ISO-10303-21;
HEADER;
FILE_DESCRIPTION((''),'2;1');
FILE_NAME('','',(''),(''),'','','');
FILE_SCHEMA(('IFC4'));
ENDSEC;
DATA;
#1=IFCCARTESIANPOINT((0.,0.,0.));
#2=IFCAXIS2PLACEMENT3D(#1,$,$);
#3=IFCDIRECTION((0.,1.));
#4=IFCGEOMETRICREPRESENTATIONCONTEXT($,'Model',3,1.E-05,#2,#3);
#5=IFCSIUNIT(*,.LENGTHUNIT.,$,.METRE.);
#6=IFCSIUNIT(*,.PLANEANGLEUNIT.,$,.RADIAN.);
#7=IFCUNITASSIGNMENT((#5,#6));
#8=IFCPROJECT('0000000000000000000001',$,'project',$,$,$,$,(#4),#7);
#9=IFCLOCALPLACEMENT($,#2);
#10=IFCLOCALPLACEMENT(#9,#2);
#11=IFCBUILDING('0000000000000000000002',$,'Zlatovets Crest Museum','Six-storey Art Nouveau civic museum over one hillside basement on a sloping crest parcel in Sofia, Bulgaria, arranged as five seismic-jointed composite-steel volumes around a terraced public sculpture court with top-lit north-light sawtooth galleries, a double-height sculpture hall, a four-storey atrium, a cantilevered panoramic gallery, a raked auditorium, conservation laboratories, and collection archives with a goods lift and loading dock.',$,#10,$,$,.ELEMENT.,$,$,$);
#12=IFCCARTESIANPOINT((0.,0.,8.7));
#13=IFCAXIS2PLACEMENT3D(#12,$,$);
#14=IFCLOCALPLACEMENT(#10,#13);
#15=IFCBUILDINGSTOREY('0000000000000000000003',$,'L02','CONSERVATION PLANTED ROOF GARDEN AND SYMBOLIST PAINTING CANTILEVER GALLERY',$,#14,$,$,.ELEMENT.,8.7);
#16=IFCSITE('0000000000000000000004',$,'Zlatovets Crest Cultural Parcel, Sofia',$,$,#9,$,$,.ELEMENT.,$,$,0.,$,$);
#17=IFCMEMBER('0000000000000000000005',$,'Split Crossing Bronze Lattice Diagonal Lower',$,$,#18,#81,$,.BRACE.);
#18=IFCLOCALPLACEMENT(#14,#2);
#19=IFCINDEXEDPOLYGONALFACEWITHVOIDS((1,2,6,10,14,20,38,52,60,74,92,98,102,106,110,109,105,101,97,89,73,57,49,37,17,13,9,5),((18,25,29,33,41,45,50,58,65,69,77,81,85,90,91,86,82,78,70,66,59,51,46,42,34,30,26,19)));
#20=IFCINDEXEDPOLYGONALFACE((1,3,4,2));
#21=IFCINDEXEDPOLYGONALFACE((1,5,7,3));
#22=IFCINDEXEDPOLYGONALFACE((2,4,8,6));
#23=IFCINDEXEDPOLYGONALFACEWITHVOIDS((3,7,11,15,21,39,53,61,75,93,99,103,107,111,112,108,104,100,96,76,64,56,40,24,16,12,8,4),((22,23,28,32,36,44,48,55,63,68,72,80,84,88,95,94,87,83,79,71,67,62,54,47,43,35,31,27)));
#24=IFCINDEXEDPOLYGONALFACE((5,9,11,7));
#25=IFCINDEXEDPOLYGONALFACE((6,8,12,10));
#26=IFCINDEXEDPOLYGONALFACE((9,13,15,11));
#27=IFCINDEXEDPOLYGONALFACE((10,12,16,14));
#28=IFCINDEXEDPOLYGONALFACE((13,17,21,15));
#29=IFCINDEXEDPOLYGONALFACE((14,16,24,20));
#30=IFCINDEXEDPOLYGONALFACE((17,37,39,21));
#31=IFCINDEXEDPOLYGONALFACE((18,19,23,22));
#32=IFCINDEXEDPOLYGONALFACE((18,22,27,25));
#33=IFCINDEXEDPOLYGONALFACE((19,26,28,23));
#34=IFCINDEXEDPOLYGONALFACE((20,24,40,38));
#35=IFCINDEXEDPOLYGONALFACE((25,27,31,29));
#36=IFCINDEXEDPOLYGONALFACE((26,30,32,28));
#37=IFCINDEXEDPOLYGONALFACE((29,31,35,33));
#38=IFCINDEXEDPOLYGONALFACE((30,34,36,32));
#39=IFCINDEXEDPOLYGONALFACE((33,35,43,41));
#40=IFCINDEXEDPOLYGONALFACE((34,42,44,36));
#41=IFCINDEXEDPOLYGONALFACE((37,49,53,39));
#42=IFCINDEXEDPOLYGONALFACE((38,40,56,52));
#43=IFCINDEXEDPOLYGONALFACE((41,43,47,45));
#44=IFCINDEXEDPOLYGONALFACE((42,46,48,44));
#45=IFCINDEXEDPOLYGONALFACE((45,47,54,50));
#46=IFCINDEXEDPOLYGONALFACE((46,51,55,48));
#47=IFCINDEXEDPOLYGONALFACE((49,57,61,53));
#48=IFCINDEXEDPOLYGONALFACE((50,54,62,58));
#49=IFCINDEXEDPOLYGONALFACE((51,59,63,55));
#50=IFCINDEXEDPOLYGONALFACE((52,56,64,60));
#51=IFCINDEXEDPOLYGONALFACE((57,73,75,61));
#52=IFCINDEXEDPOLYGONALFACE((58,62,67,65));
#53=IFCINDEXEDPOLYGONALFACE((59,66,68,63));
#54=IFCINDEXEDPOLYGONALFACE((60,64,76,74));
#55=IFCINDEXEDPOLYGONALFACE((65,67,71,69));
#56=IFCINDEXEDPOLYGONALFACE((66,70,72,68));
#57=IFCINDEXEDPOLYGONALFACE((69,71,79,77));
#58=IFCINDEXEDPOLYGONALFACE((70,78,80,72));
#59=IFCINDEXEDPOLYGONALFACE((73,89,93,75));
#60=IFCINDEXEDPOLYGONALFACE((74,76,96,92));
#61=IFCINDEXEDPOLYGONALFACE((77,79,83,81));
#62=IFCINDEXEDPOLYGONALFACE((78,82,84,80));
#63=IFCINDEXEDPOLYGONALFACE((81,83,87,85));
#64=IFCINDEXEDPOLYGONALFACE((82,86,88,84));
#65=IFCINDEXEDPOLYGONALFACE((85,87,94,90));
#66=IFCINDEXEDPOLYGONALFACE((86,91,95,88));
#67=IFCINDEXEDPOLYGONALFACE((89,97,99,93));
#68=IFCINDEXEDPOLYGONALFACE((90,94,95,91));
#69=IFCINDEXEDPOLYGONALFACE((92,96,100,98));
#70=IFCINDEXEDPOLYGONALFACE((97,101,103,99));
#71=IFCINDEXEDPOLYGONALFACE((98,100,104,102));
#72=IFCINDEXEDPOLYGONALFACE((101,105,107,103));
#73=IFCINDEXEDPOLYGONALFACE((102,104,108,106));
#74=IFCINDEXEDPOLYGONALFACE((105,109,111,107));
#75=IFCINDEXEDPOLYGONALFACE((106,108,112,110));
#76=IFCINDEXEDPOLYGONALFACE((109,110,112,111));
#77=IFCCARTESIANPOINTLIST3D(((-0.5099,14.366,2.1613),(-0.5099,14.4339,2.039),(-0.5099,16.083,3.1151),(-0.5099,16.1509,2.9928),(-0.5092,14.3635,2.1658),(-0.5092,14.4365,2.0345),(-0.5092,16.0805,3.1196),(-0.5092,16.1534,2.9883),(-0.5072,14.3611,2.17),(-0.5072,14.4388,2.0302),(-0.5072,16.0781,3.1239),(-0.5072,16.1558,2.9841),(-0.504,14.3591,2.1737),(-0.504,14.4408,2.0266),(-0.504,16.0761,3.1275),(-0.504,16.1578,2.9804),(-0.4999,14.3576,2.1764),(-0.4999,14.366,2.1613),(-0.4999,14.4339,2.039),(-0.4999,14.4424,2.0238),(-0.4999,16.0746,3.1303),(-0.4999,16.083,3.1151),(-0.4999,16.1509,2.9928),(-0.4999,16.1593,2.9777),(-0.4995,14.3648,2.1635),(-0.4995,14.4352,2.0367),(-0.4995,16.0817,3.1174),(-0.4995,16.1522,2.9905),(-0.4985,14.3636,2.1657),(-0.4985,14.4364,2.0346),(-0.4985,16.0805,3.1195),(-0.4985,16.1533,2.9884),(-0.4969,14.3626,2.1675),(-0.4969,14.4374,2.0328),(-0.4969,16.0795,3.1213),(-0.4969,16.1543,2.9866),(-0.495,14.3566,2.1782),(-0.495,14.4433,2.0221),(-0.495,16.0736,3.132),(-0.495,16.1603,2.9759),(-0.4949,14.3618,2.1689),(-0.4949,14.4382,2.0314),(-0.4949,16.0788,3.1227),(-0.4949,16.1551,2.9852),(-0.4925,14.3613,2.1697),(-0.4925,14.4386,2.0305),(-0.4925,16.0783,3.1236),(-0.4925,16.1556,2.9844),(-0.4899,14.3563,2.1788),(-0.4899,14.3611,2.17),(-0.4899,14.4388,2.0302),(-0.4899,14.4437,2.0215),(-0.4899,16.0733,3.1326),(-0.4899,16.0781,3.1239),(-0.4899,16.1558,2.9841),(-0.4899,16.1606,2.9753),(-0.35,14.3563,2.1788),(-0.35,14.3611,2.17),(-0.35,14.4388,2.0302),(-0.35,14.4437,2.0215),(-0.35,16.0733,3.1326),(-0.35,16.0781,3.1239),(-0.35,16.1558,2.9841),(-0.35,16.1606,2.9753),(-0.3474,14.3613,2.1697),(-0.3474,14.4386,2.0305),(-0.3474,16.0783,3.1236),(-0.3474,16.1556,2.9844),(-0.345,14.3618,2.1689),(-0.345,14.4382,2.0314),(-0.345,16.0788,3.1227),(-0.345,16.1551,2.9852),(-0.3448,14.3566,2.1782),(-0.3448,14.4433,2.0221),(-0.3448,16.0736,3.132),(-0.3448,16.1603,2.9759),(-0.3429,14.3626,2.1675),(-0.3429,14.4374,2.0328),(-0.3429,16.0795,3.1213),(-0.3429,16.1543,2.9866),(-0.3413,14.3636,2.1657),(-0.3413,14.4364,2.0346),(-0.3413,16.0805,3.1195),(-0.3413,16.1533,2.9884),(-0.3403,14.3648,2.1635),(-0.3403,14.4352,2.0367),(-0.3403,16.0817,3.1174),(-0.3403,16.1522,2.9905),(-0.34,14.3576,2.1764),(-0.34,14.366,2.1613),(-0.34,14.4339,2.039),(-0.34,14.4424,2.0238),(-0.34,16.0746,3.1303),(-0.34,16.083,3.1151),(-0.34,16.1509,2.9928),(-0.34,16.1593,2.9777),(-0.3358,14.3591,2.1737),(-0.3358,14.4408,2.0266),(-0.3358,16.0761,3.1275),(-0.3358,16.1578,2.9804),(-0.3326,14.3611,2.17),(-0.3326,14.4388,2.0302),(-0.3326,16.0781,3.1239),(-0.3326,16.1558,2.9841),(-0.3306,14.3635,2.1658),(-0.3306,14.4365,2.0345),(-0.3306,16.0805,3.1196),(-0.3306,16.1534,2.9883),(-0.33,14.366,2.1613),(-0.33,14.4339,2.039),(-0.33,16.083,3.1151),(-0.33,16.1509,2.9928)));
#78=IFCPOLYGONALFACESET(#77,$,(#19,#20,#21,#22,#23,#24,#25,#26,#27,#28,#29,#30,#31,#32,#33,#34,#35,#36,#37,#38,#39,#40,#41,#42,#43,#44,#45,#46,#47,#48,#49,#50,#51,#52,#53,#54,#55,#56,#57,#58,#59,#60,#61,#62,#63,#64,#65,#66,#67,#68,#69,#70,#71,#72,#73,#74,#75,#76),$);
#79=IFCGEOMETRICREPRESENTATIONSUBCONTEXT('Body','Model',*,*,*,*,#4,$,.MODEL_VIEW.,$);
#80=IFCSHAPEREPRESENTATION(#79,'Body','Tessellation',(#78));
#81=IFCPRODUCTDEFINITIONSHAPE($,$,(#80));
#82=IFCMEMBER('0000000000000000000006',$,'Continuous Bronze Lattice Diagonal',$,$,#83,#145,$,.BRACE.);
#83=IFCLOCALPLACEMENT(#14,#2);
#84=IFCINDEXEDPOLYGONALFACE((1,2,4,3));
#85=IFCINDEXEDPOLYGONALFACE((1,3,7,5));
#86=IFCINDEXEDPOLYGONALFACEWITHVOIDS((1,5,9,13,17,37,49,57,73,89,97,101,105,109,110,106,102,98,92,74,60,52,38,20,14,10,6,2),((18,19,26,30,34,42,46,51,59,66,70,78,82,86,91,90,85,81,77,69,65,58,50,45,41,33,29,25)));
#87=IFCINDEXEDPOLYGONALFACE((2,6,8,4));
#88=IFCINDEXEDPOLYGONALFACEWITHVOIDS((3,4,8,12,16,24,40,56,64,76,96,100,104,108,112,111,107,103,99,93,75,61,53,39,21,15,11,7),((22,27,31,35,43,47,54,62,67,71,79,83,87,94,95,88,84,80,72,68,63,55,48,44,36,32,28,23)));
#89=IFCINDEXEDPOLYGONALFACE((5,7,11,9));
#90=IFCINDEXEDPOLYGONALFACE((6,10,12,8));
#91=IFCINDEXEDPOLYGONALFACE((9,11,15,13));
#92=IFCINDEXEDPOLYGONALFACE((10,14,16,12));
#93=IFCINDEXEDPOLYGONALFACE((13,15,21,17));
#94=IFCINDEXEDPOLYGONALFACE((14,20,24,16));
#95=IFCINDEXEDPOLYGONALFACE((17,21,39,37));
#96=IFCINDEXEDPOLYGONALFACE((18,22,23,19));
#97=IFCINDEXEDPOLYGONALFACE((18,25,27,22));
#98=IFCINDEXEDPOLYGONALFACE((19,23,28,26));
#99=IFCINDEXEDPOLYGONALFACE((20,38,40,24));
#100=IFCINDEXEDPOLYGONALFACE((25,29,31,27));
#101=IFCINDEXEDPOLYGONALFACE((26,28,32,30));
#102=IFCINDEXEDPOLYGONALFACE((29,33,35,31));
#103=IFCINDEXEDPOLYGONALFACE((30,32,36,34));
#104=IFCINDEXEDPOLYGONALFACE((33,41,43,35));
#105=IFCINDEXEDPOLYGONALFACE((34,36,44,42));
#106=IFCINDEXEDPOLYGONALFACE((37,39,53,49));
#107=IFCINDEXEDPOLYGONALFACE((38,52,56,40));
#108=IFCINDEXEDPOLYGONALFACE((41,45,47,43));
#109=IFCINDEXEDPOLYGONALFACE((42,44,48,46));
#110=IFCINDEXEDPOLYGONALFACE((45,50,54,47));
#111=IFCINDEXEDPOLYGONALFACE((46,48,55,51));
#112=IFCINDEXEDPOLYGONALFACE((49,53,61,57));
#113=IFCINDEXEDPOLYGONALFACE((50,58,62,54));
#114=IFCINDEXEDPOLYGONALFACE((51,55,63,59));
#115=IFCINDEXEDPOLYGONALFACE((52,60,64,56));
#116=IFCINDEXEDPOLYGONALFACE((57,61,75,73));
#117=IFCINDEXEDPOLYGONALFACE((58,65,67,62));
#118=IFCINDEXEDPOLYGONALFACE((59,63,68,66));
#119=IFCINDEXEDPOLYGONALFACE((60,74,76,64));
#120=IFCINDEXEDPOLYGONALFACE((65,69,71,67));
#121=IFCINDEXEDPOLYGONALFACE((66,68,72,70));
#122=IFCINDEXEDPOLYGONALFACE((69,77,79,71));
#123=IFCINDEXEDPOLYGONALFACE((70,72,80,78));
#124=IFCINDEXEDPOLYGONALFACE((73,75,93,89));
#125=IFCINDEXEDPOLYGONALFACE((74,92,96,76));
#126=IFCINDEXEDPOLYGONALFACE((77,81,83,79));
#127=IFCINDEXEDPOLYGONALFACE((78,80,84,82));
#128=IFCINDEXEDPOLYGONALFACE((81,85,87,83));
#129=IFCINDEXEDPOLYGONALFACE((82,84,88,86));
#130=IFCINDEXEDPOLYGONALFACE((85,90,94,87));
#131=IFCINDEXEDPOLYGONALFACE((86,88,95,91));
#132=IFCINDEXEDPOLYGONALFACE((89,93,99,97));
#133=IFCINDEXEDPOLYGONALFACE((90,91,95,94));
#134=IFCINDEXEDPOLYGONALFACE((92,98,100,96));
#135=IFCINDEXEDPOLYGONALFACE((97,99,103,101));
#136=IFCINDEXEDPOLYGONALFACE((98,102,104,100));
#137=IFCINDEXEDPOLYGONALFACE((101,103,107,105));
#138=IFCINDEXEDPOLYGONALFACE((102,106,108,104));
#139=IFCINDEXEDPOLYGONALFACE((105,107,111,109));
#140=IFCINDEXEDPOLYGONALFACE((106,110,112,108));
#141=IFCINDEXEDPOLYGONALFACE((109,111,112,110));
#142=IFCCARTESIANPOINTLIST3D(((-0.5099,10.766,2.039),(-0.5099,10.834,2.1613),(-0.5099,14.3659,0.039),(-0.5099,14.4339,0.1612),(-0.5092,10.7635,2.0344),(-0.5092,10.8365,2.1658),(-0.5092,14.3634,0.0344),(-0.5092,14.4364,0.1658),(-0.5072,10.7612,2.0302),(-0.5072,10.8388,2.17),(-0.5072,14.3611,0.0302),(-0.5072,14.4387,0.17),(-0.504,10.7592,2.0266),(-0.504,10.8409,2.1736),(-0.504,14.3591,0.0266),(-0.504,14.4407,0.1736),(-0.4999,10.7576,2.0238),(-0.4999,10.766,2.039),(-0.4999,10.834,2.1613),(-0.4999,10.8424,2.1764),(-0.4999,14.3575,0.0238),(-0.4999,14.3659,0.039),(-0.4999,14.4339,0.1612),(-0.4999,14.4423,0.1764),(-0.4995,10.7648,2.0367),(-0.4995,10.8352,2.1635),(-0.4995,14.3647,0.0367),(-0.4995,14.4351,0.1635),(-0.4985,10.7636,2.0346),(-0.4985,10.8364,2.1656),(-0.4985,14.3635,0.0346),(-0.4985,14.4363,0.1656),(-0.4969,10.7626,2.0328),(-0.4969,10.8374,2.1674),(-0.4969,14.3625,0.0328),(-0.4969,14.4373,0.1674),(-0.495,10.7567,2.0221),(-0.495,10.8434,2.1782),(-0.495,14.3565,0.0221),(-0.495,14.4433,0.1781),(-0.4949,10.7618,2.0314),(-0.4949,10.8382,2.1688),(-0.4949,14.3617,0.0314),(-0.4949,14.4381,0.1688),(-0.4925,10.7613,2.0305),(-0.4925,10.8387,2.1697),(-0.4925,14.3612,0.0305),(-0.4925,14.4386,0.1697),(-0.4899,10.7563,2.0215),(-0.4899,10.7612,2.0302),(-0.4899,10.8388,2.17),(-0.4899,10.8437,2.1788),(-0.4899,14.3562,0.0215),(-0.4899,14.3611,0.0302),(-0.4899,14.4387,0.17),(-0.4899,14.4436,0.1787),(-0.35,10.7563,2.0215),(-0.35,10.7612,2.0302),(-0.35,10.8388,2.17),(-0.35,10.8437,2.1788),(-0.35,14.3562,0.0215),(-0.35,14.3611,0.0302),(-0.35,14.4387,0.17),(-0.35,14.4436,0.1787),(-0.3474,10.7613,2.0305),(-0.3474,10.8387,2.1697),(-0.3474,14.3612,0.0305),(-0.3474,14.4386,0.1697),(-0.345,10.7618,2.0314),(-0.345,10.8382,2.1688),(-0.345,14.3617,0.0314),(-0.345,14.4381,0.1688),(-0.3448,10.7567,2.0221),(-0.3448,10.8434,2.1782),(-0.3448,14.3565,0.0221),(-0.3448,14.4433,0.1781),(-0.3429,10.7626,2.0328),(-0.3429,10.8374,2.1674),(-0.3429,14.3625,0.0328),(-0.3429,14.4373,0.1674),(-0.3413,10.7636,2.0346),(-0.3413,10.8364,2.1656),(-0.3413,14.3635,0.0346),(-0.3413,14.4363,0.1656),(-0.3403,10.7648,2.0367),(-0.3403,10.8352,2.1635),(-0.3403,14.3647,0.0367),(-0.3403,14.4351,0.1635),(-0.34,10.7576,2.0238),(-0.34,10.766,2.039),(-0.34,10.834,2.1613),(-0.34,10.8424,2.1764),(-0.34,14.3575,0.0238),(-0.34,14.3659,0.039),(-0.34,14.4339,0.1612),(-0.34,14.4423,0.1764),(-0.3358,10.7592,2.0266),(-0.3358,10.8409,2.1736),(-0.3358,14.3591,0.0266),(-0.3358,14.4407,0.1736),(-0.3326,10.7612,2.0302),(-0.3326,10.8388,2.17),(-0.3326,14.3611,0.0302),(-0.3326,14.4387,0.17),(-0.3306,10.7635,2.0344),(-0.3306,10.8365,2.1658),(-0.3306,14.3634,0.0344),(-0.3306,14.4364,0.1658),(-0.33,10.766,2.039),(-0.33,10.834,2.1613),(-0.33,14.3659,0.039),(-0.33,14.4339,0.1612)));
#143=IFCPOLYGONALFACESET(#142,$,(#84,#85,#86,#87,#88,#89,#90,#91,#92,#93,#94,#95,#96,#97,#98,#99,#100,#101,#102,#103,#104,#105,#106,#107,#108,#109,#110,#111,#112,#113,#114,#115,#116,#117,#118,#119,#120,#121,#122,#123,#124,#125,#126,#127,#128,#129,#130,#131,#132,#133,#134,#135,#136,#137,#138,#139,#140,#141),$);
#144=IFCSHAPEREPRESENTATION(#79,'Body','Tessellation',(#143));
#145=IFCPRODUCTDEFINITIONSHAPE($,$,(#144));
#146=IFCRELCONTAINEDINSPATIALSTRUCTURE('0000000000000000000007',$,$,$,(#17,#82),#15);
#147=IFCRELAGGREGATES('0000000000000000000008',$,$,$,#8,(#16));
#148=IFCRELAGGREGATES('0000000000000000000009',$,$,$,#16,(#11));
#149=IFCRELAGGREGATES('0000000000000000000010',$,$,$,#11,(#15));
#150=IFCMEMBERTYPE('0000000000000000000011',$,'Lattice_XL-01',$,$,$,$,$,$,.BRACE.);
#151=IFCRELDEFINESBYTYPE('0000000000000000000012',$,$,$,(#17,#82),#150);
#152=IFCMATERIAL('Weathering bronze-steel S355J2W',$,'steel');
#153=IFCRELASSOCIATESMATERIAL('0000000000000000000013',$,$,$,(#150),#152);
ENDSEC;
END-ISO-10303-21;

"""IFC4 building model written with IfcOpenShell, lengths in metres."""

from ifc_helpers import new_model, si_unit, direction, frame, origin, origin_2d, place, context, subcontext, project, spatial, hollow_rectangle, extrude, material, material_profile, profile_set, type_object, element, save


model = new_model("IFC4")

# Units and contexts
model_context = context("Model", 3, precision=1e-05, world=origin(), true_north=direction((0.0, 1.0)))
body_context = subcontext(model_context, "Body", "Model", "MODEL_VIEW")
ifc_project = project(units=[si_unit("LENGTHUNIT", "METRE"), si_unit("PLANEANGLEUNIT", "RADIAN")], contexts=[model_context])

# Site, building, storey
site_placement = place(None, origin())
site = spatial("IfcSite", under=ifc_project, at=site_placement, Name="Zlatovets Crest Cultural Parcel, Sofia", CompositionType="ELEMENT", RefElevation=0.0)
building_placement = place(site_placement, origin())
building = spatial("IfcBuilding", under=site, at=building_placement, Name="Zlatovets Crest Museum", Description="Six-storey Art Nouveau civic museum over one hillside basement on a sloping crest parcel in Sofia, Bulgaria, arranged as five seismic-jointed composite-steel volumes around a terraced public sculpture court with top-lit north-light sawtooth galleries, a double-height sculpture hall, a four-storey atrium, a cantilevered panoramic gallery, a raked auditorium, conservation laboratories, and collection archives with a goods lift and loading dock.", CompositionType="ELEMENT")
storey_placement = place(building_placement, frame((0.0, 0.0, 8.7)))
storey = spatial("IfcBuildingStorey", under=building, at=storey_placement, Name="L02", Description="CONSERVATION PLANTED ROOF GARDEN AND SYMBOLIST PAINTING CANTILEVER GALLERY", CompositionType="ELEMENT", Elevation=8.7)

# Members
ifc_material_1 = material(Name="Weathering bronze-steel S355J2W", Category="steel")
ifc_material_profile_1 = material_profile(ifc_material_1, hollow_rectangle(XDim=0.1799, YDim=0.1799, WallThickness=0.01, InnerFilletRadius=0.01, OuterFilletRadius=0.02, at=origin_2d()), Name="SHS 180x180x10.0")
ifc_profile_set_1 = profile_set([ifc_material_profile_1], Name="Weathering bronze-steel S355J2W")
member_type_1 = type_object("IfcMemberType", Name="Lattice_XL-01", PredefinedType="BRACE", material=ifc_profile_set_1)
for number, where, z_axis, x_axis, name in (
    (1, (-0.4199, 16.1169, 3.054), (0.0, -0.874169, -0.485622), (1.0, 0.0, 0.0), "Split Crossing Bronze Lattice Diagonal Lower"),
):
    element("IfcMember", number, at=place(storey_placement, frame(where, z_axis=z_axis, x_axis=x_axis)), inside=storey, type_object=member_type_1, Name=name, PredefinedType="BRACE", context=body_context, shape_type="SweptSolid", body=[
        extrude(hollow_rectangle(XDim=0.1799, YDim=0.1799, WallThickness=0.01, InnerFilletRadius=0.01, OuterFilletRadius=0.02, at=origin_2d()), origin(), (0.0, 0.0, 1.0), 1.9641),
    ])
member_1_placement = place(storey_placement, frame((-0.4199, 14.3999, 0.1001), z_axis=(0.0, -0.874149, 0.485658), x_axis=(1.0, 0.0, 0.0)))
element("IfcMember", 2, at=member_1_placement, inside=storey, type_object=member_type_1, Name="Continuous Bronze Lattice Diagonal", PredefinedType="BRACE", context=body_context, shape_type="SweptSolid", body=[
    extrude(hollow_rectangle(XDim=0.1799, YDim=0.1799, WallThickness=0.01, InnerFilletRadius=0.01, OuterFilletRadius=0.02, at=origin_2d()), origin(), (0.0, 0.0, 1.0), 4.1182),
])

save(model, "model.ifc")
